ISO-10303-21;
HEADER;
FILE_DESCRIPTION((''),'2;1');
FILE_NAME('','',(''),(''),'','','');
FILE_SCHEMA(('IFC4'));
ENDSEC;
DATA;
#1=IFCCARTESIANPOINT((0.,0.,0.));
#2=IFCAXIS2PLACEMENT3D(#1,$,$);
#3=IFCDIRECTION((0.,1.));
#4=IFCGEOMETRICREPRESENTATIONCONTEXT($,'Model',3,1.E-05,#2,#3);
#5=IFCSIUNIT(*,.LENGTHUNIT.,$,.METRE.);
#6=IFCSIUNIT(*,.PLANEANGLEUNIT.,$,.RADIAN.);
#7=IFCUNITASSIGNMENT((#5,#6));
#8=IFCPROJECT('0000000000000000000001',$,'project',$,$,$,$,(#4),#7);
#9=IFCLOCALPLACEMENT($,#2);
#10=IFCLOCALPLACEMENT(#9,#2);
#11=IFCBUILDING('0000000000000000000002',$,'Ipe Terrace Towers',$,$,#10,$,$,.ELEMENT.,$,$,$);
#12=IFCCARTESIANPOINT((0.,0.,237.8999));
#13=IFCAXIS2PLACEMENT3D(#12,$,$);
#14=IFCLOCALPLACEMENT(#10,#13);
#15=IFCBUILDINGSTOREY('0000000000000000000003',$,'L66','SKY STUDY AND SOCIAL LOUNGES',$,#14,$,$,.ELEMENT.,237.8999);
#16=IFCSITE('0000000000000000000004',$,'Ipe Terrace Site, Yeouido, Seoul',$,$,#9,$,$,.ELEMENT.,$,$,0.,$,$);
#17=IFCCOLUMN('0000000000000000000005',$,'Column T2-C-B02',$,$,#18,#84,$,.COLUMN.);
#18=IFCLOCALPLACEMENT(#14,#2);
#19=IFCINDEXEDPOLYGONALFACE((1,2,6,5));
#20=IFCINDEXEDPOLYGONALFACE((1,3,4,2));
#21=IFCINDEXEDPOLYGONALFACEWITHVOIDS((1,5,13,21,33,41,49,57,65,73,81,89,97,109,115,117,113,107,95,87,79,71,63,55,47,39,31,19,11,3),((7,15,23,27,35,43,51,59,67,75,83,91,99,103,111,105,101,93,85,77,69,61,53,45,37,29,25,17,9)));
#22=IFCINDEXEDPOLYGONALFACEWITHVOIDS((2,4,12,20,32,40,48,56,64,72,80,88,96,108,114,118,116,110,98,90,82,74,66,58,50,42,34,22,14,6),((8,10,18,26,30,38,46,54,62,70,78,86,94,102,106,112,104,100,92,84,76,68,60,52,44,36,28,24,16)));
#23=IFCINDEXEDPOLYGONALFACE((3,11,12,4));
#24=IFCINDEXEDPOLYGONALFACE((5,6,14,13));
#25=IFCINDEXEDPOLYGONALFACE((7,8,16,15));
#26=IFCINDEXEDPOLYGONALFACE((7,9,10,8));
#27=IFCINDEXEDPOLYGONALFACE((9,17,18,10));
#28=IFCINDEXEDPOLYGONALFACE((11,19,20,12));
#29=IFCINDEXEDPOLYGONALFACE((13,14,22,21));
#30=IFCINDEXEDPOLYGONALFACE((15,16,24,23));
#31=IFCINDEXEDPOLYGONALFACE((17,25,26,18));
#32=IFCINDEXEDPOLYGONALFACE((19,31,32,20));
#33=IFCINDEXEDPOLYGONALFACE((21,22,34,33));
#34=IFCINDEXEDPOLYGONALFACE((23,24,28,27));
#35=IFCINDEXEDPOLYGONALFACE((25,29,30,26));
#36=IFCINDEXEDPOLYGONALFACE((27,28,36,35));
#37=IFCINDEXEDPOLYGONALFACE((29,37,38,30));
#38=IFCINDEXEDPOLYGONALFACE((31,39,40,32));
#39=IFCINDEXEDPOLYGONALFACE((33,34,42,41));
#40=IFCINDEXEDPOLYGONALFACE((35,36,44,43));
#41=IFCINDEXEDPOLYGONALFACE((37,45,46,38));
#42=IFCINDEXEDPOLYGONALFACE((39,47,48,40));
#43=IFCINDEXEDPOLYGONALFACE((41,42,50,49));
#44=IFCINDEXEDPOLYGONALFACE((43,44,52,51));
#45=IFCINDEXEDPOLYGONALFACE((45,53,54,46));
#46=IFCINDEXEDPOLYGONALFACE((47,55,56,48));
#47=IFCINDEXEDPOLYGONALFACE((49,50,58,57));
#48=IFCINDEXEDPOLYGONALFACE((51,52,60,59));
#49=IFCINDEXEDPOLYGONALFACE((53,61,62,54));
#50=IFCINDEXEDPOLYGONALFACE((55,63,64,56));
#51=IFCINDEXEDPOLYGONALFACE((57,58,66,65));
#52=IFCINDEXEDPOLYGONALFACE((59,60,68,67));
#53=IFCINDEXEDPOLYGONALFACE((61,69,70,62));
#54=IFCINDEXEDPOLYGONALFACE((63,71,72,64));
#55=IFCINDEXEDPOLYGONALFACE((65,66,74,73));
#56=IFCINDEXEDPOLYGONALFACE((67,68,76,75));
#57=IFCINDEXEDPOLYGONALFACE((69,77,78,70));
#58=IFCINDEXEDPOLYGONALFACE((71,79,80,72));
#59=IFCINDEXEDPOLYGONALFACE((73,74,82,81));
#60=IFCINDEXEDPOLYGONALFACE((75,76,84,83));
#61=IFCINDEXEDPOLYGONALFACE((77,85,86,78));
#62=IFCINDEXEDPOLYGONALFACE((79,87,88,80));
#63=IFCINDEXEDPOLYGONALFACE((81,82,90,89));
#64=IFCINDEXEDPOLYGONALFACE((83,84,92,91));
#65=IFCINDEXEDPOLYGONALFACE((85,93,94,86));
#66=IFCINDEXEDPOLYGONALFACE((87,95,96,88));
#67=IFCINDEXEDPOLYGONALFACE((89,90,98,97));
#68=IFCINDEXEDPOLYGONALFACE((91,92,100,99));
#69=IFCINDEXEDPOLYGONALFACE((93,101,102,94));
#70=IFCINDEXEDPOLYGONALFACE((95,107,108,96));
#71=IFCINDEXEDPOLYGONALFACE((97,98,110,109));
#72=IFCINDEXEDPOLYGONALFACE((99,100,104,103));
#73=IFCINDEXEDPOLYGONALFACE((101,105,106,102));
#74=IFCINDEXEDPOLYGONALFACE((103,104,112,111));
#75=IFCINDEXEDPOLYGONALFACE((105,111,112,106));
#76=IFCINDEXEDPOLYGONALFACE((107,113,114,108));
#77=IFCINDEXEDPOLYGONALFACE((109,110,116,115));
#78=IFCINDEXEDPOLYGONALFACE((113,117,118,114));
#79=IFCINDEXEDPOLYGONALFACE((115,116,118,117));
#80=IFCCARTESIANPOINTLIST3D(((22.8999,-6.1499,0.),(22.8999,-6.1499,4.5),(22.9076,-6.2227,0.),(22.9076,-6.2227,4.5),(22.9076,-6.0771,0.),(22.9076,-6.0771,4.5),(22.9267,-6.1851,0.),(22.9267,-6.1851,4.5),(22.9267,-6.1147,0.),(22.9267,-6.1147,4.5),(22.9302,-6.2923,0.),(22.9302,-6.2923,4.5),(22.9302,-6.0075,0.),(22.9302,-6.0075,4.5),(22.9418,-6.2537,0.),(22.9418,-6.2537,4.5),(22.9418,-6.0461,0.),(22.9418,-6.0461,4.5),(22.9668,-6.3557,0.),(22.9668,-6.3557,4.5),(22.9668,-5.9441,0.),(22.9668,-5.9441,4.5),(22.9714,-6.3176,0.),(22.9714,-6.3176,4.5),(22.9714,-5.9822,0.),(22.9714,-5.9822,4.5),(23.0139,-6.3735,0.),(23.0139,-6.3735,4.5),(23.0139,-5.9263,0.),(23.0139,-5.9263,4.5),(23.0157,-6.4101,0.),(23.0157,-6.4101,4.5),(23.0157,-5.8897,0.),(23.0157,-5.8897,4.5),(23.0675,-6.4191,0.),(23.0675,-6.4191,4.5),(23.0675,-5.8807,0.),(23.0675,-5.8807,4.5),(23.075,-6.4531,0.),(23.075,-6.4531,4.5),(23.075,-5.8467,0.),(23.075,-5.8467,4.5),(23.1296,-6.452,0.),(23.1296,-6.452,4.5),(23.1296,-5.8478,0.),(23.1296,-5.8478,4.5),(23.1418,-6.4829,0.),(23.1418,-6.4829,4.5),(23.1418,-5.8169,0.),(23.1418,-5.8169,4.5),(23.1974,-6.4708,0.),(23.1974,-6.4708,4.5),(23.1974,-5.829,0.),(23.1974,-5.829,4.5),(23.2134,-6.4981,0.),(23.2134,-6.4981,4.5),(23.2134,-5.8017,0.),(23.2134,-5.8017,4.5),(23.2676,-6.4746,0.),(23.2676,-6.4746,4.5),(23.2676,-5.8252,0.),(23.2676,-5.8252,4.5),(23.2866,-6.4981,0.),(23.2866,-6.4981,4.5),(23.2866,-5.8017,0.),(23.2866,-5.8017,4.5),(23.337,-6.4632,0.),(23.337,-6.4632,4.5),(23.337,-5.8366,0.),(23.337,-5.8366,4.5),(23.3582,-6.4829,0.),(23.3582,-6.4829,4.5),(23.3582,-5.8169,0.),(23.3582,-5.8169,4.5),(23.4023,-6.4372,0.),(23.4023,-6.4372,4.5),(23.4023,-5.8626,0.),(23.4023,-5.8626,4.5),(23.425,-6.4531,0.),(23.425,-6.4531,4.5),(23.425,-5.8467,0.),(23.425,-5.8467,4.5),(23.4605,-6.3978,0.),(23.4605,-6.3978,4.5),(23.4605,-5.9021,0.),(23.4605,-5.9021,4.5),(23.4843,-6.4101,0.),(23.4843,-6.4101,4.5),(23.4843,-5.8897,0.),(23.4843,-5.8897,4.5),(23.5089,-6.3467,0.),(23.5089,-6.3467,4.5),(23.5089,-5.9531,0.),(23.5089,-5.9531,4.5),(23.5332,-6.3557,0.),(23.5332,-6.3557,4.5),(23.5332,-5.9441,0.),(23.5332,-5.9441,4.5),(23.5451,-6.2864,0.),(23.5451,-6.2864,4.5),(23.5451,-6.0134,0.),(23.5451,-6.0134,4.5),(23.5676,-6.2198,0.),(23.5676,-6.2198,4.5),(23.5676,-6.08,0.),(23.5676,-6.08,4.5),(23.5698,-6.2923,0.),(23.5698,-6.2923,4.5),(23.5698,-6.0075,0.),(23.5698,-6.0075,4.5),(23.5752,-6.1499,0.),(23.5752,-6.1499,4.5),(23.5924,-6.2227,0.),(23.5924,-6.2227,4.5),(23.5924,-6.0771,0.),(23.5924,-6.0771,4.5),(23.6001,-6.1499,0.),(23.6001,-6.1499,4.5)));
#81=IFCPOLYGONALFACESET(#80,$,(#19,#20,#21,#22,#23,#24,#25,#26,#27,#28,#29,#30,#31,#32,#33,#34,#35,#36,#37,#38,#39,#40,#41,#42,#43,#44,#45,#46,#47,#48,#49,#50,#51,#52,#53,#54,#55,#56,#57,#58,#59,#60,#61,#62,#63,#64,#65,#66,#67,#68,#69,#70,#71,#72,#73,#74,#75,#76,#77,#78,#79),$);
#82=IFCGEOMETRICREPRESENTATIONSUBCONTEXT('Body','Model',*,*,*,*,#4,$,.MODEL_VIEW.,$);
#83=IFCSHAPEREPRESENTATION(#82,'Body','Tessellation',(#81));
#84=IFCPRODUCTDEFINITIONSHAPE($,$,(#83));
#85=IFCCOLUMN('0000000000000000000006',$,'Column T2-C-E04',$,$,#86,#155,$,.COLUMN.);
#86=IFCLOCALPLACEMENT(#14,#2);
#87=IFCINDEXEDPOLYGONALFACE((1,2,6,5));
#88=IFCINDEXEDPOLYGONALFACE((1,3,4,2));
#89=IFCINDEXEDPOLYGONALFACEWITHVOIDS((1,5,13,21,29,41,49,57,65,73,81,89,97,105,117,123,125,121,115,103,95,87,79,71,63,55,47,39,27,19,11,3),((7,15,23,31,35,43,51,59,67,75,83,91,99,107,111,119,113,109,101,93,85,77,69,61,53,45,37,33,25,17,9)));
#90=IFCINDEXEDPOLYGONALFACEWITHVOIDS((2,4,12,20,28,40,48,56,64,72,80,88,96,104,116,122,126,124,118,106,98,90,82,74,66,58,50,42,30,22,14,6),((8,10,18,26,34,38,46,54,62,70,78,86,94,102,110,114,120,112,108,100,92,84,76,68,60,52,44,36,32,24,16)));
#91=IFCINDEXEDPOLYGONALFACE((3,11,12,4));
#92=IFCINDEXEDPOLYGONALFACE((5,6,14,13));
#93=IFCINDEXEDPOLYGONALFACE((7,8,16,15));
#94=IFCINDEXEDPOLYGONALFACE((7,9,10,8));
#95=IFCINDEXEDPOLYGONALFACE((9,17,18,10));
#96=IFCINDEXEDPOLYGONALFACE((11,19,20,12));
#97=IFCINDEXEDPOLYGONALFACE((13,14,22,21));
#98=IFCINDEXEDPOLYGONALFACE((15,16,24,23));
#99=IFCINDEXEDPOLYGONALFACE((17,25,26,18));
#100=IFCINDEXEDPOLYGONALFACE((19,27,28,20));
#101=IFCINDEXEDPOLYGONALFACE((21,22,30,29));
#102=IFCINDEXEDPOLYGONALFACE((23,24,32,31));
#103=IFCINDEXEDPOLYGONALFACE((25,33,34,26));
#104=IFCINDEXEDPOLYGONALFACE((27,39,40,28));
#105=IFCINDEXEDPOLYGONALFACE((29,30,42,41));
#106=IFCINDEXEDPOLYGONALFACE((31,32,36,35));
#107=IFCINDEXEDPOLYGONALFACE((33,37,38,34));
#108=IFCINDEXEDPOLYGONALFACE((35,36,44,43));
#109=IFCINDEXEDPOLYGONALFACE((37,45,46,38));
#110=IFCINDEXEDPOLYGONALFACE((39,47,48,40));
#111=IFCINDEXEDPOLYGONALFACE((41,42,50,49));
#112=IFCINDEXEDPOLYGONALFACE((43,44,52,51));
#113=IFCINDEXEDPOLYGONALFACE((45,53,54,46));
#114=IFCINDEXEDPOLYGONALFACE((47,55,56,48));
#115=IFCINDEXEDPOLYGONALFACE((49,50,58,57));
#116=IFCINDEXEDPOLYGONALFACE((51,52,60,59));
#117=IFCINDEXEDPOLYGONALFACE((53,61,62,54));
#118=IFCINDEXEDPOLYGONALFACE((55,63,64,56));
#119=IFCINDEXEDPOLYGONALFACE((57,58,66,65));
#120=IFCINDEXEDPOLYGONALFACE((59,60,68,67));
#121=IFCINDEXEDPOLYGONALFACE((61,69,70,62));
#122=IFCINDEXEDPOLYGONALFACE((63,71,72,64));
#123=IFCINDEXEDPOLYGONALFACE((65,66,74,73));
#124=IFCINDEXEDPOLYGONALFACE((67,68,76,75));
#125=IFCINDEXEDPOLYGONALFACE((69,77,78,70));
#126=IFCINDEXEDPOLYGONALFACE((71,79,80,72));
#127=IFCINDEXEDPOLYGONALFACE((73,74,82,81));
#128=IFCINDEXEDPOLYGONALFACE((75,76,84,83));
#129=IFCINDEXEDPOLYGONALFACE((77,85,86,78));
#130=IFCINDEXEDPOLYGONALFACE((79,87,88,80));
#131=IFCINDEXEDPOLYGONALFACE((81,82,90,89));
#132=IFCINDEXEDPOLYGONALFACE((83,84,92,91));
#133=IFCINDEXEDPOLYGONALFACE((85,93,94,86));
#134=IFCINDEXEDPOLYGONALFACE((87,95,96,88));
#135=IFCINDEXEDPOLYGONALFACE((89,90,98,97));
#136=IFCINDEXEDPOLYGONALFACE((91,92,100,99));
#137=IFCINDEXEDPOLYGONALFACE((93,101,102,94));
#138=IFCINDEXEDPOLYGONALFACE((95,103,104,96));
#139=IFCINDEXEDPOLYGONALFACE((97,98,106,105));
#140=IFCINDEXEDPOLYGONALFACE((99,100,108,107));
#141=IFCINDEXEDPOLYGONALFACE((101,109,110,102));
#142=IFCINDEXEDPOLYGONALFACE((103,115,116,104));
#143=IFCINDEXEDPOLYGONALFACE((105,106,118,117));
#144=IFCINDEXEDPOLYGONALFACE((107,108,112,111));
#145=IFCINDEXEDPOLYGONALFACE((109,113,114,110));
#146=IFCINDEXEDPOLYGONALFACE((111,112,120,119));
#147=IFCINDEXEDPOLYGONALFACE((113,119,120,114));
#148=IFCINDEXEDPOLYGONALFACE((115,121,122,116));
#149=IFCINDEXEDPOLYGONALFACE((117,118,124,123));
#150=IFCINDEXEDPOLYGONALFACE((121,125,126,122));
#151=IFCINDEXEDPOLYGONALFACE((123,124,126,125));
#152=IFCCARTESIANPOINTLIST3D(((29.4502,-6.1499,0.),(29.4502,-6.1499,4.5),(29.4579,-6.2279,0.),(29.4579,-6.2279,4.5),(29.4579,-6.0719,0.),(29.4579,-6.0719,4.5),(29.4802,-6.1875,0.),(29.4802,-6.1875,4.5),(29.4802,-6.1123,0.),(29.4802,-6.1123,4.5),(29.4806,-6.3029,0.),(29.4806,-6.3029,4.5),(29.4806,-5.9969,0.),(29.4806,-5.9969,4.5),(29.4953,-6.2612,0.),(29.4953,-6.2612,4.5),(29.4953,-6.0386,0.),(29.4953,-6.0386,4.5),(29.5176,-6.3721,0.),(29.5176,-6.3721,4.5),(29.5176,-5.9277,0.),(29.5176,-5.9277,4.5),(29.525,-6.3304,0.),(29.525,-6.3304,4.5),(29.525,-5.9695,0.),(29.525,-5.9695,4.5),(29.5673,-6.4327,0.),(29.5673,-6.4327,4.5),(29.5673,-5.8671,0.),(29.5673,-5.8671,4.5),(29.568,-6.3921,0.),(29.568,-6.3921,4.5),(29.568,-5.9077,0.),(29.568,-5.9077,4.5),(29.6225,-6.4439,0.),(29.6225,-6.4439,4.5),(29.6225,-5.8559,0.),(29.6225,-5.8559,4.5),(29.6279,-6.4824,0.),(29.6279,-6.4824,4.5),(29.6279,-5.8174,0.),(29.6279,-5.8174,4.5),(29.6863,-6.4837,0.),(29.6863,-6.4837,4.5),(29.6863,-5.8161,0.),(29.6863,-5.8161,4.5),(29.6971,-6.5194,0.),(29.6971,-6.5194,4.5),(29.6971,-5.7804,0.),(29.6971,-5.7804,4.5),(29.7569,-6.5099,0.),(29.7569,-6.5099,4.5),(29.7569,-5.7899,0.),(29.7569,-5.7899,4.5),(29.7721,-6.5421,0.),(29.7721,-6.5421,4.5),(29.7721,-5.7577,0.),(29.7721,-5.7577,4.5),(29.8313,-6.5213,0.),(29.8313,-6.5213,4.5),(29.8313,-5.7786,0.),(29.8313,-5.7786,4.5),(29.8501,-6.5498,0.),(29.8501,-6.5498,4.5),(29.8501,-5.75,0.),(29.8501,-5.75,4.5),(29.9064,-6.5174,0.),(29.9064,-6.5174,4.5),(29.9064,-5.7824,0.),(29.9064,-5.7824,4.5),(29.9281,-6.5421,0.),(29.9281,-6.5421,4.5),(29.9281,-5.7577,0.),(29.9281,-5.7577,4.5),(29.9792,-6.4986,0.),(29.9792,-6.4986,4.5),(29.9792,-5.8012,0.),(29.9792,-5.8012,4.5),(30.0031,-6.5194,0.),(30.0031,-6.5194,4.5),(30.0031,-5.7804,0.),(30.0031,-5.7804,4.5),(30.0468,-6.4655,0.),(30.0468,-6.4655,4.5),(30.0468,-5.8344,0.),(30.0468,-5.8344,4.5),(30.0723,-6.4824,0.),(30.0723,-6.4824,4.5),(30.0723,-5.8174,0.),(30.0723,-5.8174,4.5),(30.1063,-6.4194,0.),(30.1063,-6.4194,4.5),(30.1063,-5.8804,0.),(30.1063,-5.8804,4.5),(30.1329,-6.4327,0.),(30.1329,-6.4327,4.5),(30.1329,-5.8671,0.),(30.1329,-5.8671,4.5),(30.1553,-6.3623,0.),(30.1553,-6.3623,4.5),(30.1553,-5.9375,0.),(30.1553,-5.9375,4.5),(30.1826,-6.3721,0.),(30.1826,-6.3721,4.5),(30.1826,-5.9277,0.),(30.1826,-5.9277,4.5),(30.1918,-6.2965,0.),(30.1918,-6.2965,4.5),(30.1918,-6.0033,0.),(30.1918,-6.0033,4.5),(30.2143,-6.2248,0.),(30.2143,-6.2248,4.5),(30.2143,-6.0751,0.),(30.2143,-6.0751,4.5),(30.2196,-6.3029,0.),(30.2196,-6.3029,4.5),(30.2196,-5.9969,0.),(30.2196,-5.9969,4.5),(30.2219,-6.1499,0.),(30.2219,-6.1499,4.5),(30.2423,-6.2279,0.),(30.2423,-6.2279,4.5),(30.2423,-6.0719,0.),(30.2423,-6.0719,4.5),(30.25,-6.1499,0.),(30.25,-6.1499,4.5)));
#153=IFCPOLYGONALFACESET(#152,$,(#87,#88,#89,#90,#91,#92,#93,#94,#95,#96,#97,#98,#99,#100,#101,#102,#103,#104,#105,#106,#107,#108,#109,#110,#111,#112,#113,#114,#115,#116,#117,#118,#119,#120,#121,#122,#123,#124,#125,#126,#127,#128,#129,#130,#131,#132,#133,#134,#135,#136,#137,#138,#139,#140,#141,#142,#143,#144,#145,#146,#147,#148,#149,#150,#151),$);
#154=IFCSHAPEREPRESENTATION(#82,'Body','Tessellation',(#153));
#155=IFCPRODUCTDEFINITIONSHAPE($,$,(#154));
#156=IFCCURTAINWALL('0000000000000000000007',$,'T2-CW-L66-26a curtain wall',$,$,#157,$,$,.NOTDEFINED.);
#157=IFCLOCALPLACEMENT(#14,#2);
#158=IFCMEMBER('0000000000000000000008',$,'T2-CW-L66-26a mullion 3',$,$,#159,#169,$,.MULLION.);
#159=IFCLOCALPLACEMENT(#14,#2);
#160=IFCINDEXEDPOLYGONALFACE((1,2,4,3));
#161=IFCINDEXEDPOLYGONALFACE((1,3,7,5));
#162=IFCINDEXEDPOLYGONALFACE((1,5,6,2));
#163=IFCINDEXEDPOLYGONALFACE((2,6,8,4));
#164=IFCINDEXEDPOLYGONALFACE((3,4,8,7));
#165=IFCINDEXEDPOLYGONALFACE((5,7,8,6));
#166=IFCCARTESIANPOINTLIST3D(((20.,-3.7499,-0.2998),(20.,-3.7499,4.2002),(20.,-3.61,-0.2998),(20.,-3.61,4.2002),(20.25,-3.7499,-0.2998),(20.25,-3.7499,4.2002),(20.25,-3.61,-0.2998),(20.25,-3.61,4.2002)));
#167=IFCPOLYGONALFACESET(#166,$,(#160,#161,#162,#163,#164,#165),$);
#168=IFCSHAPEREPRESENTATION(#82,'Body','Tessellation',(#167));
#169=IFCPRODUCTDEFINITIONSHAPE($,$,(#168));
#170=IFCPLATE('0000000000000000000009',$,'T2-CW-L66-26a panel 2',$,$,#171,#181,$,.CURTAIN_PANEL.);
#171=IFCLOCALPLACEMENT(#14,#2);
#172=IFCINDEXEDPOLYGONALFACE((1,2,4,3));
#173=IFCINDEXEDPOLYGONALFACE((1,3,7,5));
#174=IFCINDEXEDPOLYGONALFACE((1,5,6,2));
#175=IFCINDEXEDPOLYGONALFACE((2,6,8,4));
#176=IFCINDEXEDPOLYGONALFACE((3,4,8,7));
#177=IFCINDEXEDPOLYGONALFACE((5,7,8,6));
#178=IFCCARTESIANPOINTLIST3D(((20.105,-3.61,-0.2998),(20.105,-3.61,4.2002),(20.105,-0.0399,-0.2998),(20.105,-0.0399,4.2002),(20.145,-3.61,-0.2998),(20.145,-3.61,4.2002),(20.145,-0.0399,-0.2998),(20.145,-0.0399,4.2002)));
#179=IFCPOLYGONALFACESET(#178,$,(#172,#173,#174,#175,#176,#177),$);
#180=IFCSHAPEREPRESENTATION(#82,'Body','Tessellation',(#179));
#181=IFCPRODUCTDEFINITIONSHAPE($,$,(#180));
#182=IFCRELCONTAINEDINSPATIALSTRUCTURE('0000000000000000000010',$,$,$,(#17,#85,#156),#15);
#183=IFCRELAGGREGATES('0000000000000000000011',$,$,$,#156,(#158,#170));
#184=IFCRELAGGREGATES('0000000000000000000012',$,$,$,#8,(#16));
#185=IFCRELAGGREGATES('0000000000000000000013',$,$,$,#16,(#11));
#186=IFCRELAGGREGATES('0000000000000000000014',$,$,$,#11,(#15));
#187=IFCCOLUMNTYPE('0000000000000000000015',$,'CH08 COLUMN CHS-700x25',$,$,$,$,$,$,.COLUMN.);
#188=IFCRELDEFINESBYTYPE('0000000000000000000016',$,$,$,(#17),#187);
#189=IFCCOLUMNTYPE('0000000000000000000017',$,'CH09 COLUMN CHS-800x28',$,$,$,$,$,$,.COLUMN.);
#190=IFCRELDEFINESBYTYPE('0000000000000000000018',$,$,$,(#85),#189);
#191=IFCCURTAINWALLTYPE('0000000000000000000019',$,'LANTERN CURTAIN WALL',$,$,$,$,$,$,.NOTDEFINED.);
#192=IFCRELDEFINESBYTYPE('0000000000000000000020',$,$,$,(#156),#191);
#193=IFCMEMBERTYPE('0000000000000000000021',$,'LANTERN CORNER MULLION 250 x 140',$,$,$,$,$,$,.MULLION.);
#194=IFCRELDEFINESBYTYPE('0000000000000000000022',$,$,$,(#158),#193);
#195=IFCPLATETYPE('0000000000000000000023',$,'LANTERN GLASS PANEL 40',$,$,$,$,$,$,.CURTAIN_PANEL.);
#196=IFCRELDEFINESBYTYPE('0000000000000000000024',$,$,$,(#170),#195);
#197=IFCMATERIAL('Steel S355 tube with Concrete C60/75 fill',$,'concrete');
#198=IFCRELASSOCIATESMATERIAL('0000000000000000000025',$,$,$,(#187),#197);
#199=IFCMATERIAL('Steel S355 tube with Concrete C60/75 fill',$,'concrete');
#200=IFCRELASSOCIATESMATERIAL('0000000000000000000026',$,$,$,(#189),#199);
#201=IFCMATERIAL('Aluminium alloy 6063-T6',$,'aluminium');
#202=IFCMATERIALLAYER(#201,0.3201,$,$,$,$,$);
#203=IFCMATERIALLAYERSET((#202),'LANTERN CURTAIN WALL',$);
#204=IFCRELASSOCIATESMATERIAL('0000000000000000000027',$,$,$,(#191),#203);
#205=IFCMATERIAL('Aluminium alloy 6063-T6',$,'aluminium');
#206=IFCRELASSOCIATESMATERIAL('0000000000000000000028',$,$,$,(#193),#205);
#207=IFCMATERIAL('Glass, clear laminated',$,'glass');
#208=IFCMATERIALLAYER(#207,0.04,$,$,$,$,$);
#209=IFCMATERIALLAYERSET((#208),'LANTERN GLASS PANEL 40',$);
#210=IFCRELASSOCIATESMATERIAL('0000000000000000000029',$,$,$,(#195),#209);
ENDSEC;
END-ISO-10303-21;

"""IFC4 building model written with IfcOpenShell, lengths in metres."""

from ifc_helpers import new_model, si_unit, direction, frame, origin, origin_2d, place, context, subcontext, project, spatial, rectangle, hollow_circle, extrude, material, layer, layer_set, material_profile, profile_set, type_object, element, aggregate, save


model = new_model("IFC4")

# Units and contexts
model_context = context("Model", 3, precision=1e-05, world=origin(), true_north=direction((0.0, 1.0)))
body_context = subcontext(model_context, "Body", "Model", "MODEL_VIEW")
ifc_project = project(units=[si_unit("LENGTHUNIT", "METRE"), si_unit("PLANEANGLEUNIT", "RADIAN")], contexts=[model_context])

# Site, building, storey
site_placement = place(None, origin())
site = spatial("IfcSite", under=ifc_project, at=site_placement, Name="Ipe Terrace Site, Yeouido, Seoul", CompositionType="ELEMENT", RefElevation=0.0)
building_placement = place(site_placement, origin())
building = spatial("IfcBuilding", under=site, at=building_placement, Name="Ipe Terrace Towers", CompositionType="ELEMENT")
storey_placement = place(building_placement, frame((0.0, 0.0, 237.8999)))
storey = spatial("IfcBuildingStorey", under=building, at=storey_placement, Name="L66", Description="SKY STUDY AND SOCIAL LOUNGES", CompositionType="ELEMENT", Elevation=237.8999)

# Columns
ifc_material_1 = material(Name="Steel S355 tube with Concrete C60/75 fill", Category="concrete")
ifc_material_profile_1 = material_profile(ifc_material_1, hollow_circle(Radius=0.3501, WallThickness=0.0249, at=origin_2d()), Name="CHS-700x25")
ifc_profile_set_1 = profile_set([ifc_material_profile_1], Name="Steel S355 tube with Concrete C60/75 fill")
column_type_1 = type_object("IfcColumnType", Name="CH08 COLUMN CHS-700x25", PredefinedType="COLUMN", material=ifc_profile_set_1)
column_1_placement = place(storey_placement, frame((23.25, -6.1499, 0.0), z_axis=(0.0, 0.0, 1.0), x_axis=(1.0, 0.0, 0.0)))
element("IfcColumn", 1, at=column_1_placement, inside=storey, type_object=column_type_1, Name="Column T2-C-B02", PredefinedType="COLUMN", context=body_context, shape_type="SweptSolid", body=[
    extrude(hollow_circle(Radius=0.3501, WallThickness=0.0249, at=origin_2d()), origin(), (0.0, 0.0, 1.0), 4.5),
])
ifc_material_2 = material(Name="Steel S355 tube with Concrete C60/75 fill", Category="concrete")
ifc_material_profile_2 = material_profile(ifc_material_2, hollow_circle(Radius=0.3999, WallThickness=0.0281, at=origin_2d()), Name="CHS-800x28")
ifc_profile_set_2 = profile_set([ifc_material_profile_2], Name="Steel S355 tube with Concrete C60/75 fill")
column_type_2 = type_object("IfcColumnType", Name="CH09 COLUMN CHS-800x28", PredefinedType="COLUMN", material=ifc_profile_set_2)
column_2_placement = place(storey_placement, frame((29.8501, -6.1499, 0.0), z_axis=(0.0, 0.0, 1.0), x_axis=(1.0, 0.0, 0.0)))
element("IfcColumn", 2, at=column_2_placement, inside=storey, type_object=column_type_2, Name="Column T2-C-E04", PredefinedType="COLUMN", context=body_context, shape_type="SweptSolid", body=[
    extrude(hollow_circle(Radius=0.3999, WallThickness=0.0281, at=origin_2d()), origin(), (0.0, 0.0, 1.0), 4.5),
])

# Curtain wall, member, plate
ifc_material_3 = material(Name="Aluminium alloy 6063-T6", Category="aluminium")
ifc_layer_1 = layer(ifc_material_3, 0.3201)
ifc_layer_set_1 = layer_set([ifc_layer_1], Name="LANTERN CURTAIN WALL")
curtain_wall_type = type_object("IfcCurtainWallType", Name="LANTERN CURTAIN WALL", PredefinedType="NOTDEFINED", material=ifc_layer_set_1)
curtain_wall_placement = place(storey_placement, origin())
curtain_wall = element("IfcCurtainWall", 3, at=curtain_wall_placement, inside=storey, type_object=curtain_wall_type, Name="T2-CW-L66-26a curtain wall", PredefinedType="NOTDEFINED")
ifc_material_4 = material(Name="Aluminium alloy 6063-T6", Category="aluminium")
ifc_material_profile_3 = material_profile(ifc_material_4, rectangle(XDim=0.25, YDim=0.1399, at=origin_2d()), Name="LANTERN CORNER MULLION 250 x 140")
ifc_profile_set_3 = profile_set([ifc_material_profile_3], Name="Aluminium alloy 6063-T6")
member_type = type_object("IfcMemberType", Name="LANTERN CORNER MULLION 250 x 140", PredefinedType="MULLION", material=ifc_profile_set_3)
member_placement = place(storey_placement, frame((20.125, -3.6799, -0.2998), z_axis=(0.0, 0.0, 1.0), x_axis=(-1.0, 0.0, 0.0)))
member = element("IfcMember", 4, at=member_placement, type_object=member_type, Name="T2-CW-L66-26a mullion 3", PredefinedType="MULLION", context=body_context, shape_type="SweptSolid", body=[
    extrude(rectangle(XDim=0.25, YDim=0.1399, at=origin_2d()), origin(), (0.0, 0.0, 1.0), 4.5),
])
ifc_material_5 = material(Name="Glass, clear laminated", Category="glass")
ifc_layer_2 = layer(ifc_material_5, 0.04)
ifc_layer_set_2 = layer_set([ifc_layer_2], Name="LANTERN GLASS PANEL 40")
plate_type = type_object("IfcPlateType", Name="LANTERN GLASS PANEL 40", PredefinedType="CURTAIN_PANEL", material=ifc_layer_set_2)
plate_placement = place(storey_placement, frame((20.125, -1.825, -0.2998), z_axis=(0.0, 0.0, 1.0), x_axis=(0.0, -1.0, 0.0)))
plate = element("IfcPlate", 5, at=plate_placement, type_object=plate_type, Name="T2-CW-L66-26a panel 2", PredefinedType="CURTAIN_PANEL", context=body_context, shape_type="SweptSolid", body=[
    extrude(rectangle(XDim=3.5701, YDim=0.04, at=origin_2d()), origin(), (0.0, 0.0, 1.0), 4.5),
])
aggregate(curtain_wall, [member, plate])

save(model, "model.ifc")
